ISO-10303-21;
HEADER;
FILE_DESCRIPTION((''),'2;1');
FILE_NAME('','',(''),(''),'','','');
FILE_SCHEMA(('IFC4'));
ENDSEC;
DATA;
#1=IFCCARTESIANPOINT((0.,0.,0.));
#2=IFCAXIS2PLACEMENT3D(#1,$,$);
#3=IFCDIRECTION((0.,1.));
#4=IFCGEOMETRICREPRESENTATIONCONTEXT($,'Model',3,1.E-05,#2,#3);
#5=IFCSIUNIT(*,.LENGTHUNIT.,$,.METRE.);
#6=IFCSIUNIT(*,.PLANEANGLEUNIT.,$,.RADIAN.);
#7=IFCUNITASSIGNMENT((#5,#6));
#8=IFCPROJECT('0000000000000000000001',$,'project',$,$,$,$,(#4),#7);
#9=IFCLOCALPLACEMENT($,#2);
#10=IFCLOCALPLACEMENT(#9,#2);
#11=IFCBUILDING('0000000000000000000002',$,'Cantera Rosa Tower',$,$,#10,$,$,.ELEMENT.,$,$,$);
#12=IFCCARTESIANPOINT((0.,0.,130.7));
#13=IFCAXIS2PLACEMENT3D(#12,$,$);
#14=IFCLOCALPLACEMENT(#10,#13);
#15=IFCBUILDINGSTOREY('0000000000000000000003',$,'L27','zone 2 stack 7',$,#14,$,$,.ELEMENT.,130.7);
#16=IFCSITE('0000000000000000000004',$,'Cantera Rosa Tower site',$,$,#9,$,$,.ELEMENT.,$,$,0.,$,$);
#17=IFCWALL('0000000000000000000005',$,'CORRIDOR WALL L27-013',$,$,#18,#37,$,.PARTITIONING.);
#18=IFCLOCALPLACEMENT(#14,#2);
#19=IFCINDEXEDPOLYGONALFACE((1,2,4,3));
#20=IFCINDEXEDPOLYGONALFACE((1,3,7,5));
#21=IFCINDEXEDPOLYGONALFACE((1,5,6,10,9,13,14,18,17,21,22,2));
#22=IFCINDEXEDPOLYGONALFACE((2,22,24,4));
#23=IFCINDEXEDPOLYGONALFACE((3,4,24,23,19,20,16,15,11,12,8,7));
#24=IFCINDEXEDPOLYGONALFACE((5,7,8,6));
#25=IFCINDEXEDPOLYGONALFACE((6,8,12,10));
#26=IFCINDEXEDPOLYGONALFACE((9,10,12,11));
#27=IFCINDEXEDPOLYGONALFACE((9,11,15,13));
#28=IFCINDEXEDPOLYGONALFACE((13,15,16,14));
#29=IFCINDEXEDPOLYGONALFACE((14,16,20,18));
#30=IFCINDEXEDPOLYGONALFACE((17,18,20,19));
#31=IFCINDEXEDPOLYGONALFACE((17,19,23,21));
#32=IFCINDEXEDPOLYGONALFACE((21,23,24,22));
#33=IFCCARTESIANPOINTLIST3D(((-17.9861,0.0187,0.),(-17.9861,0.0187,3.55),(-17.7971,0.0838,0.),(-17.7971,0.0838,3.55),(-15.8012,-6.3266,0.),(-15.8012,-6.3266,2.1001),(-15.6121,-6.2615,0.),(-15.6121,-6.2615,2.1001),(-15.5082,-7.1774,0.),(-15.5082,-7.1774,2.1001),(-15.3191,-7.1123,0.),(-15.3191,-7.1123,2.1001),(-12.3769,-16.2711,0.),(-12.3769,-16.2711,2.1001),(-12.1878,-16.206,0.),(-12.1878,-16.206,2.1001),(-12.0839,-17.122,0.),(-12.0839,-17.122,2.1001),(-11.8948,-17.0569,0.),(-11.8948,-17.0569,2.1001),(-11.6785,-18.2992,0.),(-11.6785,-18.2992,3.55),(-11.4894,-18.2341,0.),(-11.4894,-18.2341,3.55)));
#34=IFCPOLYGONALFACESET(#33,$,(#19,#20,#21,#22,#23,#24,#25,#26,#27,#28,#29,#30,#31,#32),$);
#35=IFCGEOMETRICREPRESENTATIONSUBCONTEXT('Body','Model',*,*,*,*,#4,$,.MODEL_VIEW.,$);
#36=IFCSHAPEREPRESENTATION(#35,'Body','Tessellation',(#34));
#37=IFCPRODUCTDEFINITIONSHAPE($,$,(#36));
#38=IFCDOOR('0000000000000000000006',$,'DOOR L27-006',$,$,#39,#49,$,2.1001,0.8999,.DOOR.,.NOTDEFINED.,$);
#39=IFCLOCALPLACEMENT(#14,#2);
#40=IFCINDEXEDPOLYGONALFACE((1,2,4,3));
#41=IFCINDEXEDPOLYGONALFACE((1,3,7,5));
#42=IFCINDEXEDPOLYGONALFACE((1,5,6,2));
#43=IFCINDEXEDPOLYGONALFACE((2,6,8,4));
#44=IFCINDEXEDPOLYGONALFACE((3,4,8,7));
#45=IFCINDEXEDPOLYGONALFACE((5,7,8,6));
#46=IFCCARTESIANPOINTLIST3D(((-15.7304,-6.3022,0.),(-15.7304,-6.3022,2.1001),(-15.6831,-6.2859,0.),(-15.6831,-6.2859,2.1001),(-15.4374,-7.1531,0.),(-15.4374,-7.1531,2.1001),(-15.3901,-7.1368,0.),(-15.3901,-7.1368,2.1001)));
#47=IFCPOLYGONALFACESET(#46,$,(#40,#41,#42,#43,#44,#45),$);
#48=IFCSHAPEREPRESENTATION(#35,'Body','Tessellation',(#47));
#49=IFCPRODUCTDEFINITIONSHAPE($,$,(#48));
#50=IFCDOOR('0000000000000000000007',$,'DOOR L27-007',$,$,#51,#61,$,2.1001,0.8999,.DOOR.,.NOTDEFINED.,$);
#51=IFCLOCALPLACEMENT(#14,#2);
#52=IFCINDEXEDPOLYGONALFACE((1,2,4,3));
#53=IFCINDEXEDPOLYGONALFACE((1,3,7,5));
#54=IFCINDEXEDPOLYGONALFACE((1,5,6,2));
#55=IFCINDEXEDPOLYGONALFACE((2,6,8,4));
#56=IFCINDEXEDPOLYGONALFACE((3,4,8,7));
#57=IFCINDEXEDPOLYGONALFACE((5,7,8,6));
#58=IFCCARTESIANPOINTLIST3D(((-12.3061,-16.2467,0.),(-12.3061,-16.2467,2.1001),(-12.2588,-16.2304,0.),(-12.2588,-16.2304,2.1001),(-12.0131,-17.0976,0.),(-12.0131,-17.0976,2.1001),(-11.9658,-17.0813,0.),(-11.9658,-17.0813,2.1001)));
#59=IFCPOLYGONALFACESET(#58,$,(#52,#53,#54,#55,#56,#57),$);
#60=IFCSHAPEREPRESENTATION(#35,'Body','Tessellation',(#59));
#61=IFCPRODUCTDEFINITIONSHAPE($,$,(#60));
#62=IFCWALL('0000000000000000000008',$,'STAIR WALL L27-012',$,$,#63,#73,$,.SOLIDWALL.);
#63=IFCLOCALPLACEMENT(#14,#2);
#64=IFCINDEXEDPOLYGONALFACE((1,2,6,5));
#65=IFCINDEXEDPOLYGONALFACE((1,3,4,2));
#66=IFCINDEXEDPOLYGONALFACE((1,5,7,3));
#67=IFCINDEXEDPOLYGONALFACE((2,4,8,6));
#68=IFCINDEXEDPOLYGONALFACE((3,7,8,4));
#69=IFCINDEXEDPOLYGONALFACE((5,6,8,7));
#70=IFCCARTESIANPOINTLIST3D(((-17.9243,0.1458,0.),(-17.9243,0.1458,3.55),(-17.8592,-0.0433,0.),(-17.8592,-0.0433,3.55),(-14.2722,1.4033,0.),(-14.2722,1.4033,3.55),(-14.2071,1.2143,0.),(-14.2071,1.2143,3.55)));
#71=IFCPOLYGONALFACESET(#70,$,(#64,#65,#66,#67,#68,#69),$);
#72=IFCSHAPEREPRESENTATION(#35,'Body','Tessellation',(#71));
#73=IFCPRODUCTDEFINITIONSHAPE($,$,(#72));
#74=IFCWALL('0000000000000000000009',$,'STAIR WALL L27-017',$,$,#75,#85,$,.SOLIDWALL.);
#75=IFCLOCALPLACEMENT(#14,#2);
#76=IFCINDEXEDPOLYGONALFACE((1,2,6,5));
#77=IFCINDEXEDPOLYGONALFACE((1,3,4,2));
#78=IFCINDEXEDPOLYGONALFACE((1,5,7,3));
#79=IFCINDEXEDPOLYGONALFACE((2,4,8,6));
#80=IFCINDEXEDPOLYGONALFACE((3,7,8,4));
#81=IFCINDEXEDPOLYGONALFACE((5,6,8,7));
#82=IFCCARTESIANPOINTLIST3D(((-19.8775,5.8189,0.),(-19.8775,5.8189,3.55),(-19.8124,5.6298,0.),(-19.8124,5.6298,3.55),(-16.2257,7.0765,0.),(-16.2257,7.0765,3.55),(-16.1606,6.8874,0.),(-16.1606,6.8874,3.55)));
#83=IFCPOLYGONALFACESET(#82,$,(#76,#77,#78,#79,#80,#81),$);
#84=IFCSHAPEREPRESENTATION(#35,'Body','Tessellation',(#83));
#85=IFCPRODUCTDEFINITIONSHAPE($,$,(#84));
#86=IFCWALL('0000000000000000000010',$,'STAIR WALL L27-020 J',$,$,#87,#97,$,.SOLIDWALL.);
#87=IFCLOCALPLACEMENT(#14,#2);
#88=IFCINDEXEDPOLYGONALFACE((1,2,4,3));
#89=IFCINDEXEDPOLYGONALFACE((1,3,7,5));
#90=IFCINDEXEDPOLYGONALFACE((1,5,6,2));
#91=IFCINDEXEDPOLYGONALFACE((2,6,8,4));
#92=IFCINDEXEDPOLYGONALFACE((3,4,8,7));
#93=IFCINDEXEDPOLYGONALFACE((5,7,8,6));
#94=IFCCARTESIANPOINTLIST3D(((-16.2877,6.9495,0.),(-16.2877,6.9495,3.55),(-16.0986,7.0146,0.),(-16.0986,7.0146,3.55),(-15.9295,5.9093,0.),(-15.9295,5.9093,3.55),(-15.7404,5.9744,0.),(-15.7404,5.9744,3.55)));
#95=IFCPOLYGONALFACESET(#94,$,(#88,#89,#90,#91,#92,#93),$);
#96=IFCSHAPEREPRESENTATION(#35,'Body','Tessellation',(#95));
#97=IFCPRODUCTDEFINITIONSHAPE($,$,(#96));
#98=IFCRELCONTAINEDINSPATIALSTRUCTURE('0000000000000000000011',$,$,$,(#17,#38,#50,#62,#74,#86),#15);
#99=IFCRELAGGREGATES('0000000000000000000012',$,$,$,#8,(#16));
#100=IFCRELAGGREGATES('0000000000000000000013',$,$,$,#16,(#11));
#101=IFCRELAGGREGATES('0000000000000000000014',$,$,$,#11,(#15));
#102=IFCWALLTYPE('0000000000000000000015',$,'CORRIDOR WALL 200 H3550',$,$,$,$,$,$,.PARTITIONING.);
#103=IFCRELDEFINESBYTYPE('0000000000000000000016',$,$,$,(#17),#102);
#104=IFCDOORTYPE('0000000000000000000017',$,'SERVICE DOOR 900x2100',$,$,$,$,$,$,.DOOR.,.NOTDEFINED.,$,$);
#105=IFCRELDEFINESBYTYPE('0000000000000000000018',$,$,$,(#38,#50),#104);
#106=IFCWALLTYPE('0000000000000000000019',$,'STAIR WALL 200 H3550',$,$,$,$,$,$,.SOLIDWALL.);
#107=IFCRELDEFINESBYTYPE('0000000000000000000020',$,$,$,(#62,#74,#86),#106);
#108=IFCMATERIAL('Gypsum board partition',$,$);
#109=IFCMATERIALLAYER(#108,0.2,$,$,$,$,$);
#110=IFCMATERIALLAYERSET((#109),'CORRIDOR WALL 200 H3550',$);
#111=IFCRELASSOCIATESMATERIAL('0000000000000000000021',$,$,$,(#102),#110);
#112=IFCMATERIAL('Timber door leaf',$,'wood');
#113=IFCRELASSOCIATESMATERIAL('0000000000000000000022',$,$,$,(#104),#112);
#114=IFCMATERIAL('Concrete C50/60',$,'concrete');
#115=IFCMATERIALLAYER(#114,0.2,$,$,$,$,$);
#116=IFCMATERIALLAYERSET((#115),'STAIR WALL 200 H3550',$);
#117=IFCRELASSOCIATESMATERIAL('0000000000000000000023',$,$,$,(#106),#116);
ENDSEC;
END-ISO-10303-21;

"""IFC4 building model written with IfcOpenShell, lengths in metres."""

from ifc_helpers import new_model, si_unit, direction, frame, frame_2d, origin, place, context, subcontext, project, spatial, rectangle, extrude, material, layer, layer_set, type_object, element, fill, save


model = new_model("IFC4")

# Units and contexts
model_context = context("Model", 3, precision=1e-05, world=origin(), true_north=direction((0.0, 1.0)))
body_context = subcontext(model_context, "Body", "Model", "MODEL_VIEW")
ifc_project = project(units=[si_unit("LENGTHUNIT", "METRE"), si_unit("PLANEANGLEUNIT", "RADIAN")], contexts=[model_context])

# Site, building, storey
site_placement = place(None, origin())
site = spatial("IfcSite", under=ifc_project, at=site_placement, Name="Cantera Rosa Tower site", CompositionType="ELEMENT", RefElevation=0.0)
building_placement = place(site_placement, origin())
building = spatial("IfcBuilding", under=site, at=building_placement, Name="Cantera Rosa Tower", CompositionType="ELEMENT")
storey_placement = place(building_placement, frame((0.0, 0.0, 130.7)))
storey = spatial("IfcBuildingStorey", under=building, at=storey_placement, Name="L27", Description="zone 2 stack 7", CompositionType="ELEMENT", Elevation=130.7)

# Wall, openings, doors
ifc_material_1 = material(Name="Gypsum board partition")
ifc_layer_1 = layer(ifc_material_1, 0.2)
ifc_layer_set_1 = layer_set([ifc_layer_1], Name="CORRIDOR WALL 200 H3550")
wall_type_1 = type_object("IfcWallType", Name="CORRIDOR WALL 200 H3550", PredefinedType="PARTITIONING", material=ifc_layer_set_1)
wall_1_placement = place(storey_placement, frame((-17.8916, 0.0513, 0.0), z_axis=(0.0, 0.0, 1.0), x_axis=(0.325581, -0.945514, 0.0)))
wall_1 = element("IfcWall", 1, at=wall_1_placement, inside=storey, type_object=wall_type_1, Name="CORRIDOR WALL L27-013", PredefinedType="PARTITIONING", context=body_context, shape_type="SweptSolid", body=[
    extrude(rectangle(XDim=19.3735, YDim=0.2, at=frame_2d((9.6868, 0.0))), origin(), (0.0, 0.0, 1.0), 3.55),
])
opening_1_placement = place(wall_1_placement, frame((6.7109, 0.0, 0.0)))
opening_1 = element("IfcOpeningElement", 2, at=opening_1_placement, cuts=wall_1, PredefinedType="OPENING", context=body_context, shape_type="SweptSolid", body=[
    extrude(rectangle(XDim=0.8999, YDim=2.1001, at=frame_2d((0.45, 1.05))), frame((0.0, 0.1099, 0.0), z_axis=(0.0, -1.0, 0.0), x_axis=(1.0, 0.0, 0.0)), (0.0, 0.0, 1.0), 0.22),
])
opening_2_placement = place(wall_1_placement, frame((17.2285, 0.0, 0.0)))
opening_2 = element("IfcOpeningElement", 3, at=opening_2_placement, cuts=wall_1, PredefinedType="OPENING", context=body_context, shape_type="SweptSolid", body=[
    extrude(rectangle(XDim=0.8999, YDim=2.1001, at=frame_2d((0.45, 1.05))), frame((0.0, 0.1099, 0.0), z_axis=(0.0, -1.0, 0.0), x_axis=(1.0, 0.0, 0.0)), (0.0, 0.0, 1.0), 0.22),
])
ifc_material_2 = material(Name="Timber door leaf", Category="wood")
door_type = type_object("IfcDoorType", Name="SERVICE DOOR 900x2100", OperationType="NOTDEFINED", PredefinedType="DOOR", material=ifc_material_2)
door_1_placement = place(opening_1_placement, origin())
door_1 = element("IfcDoor", 4, at=door_1_placement, inside=storey, type_object=door_type, Name="DOOR L27-006", OperationType="NOTDEFINED", OverallHeight=2.1001, OverallWidth=0.8999, PredefinedType="DOOR", context=body_context, shape_type="SweptSolid", body=[
    extrude(rectangle(XDim=0.8999, YDim=2.1001, at=frame_2d((0.45, 1.05))), frame((0.0, 0.0249, 0.0), z_axis=(0.0, -1.0, 0.0), x_axis=(1.0, 0.0, 0.0)), (0.0, 0.0, 1.0), 0.05),
])
fill(opening_1, door_1)
door_2_placement = place(opening_2_placement, origin())
door_2 = element("IfcDoor", 5, at=door_2_placement, inside=storey, type_object=door_type, Name="DOOR L27-007", OperationType="NOTDEFINED", OverallHeight=2.1001, OverallWidth=0.8999, PredefinedType="DOOR", context=body_context, shape_type="SweptSolid", body=[
    extrude(rectangle(XDim=0.8999, YDim=2.1001, at=frame_2d((0.45, 1.05))), frame((0.0, 0.0249, 0.0), z_axis=(0.0, -1.0, 0.0), x_axis=(1.0, 0.0, 0.0)), (0.0, 0.0, 1.0), 0.05),
])
fill(opening_2, door_2)

# Walls
ifc_material_3 = material(Name="Concrete C50/60", Category="concrete")
ifc_layer_2 = layer(ifc_material_3, 0.2)
ifc_layer_set_2 = layer_set([ifc_layer_2], Name="STAIR WALL 200 H3550")
wall_type_2 = type_object("IfcWallType", Name="STAIR WALL 200 H3550", PredefinedType="SOLIDWALL", material=ifc_layer_set_2)
wall_2_placement = place(storey_placement, frame((-17.8916, 0.0513, 0.0), z_axis=(0.0, 0.0, 1.0), x_axis=(0.945515, 0.32558, 0.0)))
element("IfcWall", 6, at=wall_2_placement, inside=storey, type_object=wall_type_2, Name="STAIR WALL L27-012", PredefinedType="SOLIDWALL", context=body_context, shape_type="SweptSolid", body=[
    extrude(rectangle(XDim=3.8625, YDim=0.2, at=frame_2d((1.9312, 0.0))), origin(), (0.0, 0.0, 1.0), 3.55),
])
wall_3_placement = place(storey_placement, frame((-16.1931, 6.9819, 0.0), z_axis=(0.0, 0.0, 1.0), x_axis=(-0.945508, -0.325599, 0.0)))
element("IfcWall", 7, at=wall_3_placement, inside=storey, type_object=wall_type_2, Name="STAIR WALL L27-017", PredefinedType="SOLIDWALL", context=body_context, shape_type="SweptSolid", body=[
    extrude(rectangle(XDim=3.8623, YDim=0.2, at=frame_2d((1.9312, 0.0))), origin(), (0.0, 0.0, 1.0), 3.55),
])
wall_4_placement = place(storey_placement, frame((-15.835, 5.9419, 0.0), z_axis=(0.0, 0.0, 1.0), x_axis=(-0.325601, 0.945507, 0.0)))
element("IfcWall", 8, at=wall_4_placement, inside=storey, type_object=wall_type_2, Name="STAIR WALL L27-020 J", PredefinedType="SOLIDWALL", context=body_context, shape_type="SweptSolid", body=[
    extrude(rectangle(XDim=1.1001, YDim=0.2, at=frame_2d((0.55, 0.0))), origin(), (0.0, 0.0, 1.0), 3.55),
])

save(model, "model.ifc")
